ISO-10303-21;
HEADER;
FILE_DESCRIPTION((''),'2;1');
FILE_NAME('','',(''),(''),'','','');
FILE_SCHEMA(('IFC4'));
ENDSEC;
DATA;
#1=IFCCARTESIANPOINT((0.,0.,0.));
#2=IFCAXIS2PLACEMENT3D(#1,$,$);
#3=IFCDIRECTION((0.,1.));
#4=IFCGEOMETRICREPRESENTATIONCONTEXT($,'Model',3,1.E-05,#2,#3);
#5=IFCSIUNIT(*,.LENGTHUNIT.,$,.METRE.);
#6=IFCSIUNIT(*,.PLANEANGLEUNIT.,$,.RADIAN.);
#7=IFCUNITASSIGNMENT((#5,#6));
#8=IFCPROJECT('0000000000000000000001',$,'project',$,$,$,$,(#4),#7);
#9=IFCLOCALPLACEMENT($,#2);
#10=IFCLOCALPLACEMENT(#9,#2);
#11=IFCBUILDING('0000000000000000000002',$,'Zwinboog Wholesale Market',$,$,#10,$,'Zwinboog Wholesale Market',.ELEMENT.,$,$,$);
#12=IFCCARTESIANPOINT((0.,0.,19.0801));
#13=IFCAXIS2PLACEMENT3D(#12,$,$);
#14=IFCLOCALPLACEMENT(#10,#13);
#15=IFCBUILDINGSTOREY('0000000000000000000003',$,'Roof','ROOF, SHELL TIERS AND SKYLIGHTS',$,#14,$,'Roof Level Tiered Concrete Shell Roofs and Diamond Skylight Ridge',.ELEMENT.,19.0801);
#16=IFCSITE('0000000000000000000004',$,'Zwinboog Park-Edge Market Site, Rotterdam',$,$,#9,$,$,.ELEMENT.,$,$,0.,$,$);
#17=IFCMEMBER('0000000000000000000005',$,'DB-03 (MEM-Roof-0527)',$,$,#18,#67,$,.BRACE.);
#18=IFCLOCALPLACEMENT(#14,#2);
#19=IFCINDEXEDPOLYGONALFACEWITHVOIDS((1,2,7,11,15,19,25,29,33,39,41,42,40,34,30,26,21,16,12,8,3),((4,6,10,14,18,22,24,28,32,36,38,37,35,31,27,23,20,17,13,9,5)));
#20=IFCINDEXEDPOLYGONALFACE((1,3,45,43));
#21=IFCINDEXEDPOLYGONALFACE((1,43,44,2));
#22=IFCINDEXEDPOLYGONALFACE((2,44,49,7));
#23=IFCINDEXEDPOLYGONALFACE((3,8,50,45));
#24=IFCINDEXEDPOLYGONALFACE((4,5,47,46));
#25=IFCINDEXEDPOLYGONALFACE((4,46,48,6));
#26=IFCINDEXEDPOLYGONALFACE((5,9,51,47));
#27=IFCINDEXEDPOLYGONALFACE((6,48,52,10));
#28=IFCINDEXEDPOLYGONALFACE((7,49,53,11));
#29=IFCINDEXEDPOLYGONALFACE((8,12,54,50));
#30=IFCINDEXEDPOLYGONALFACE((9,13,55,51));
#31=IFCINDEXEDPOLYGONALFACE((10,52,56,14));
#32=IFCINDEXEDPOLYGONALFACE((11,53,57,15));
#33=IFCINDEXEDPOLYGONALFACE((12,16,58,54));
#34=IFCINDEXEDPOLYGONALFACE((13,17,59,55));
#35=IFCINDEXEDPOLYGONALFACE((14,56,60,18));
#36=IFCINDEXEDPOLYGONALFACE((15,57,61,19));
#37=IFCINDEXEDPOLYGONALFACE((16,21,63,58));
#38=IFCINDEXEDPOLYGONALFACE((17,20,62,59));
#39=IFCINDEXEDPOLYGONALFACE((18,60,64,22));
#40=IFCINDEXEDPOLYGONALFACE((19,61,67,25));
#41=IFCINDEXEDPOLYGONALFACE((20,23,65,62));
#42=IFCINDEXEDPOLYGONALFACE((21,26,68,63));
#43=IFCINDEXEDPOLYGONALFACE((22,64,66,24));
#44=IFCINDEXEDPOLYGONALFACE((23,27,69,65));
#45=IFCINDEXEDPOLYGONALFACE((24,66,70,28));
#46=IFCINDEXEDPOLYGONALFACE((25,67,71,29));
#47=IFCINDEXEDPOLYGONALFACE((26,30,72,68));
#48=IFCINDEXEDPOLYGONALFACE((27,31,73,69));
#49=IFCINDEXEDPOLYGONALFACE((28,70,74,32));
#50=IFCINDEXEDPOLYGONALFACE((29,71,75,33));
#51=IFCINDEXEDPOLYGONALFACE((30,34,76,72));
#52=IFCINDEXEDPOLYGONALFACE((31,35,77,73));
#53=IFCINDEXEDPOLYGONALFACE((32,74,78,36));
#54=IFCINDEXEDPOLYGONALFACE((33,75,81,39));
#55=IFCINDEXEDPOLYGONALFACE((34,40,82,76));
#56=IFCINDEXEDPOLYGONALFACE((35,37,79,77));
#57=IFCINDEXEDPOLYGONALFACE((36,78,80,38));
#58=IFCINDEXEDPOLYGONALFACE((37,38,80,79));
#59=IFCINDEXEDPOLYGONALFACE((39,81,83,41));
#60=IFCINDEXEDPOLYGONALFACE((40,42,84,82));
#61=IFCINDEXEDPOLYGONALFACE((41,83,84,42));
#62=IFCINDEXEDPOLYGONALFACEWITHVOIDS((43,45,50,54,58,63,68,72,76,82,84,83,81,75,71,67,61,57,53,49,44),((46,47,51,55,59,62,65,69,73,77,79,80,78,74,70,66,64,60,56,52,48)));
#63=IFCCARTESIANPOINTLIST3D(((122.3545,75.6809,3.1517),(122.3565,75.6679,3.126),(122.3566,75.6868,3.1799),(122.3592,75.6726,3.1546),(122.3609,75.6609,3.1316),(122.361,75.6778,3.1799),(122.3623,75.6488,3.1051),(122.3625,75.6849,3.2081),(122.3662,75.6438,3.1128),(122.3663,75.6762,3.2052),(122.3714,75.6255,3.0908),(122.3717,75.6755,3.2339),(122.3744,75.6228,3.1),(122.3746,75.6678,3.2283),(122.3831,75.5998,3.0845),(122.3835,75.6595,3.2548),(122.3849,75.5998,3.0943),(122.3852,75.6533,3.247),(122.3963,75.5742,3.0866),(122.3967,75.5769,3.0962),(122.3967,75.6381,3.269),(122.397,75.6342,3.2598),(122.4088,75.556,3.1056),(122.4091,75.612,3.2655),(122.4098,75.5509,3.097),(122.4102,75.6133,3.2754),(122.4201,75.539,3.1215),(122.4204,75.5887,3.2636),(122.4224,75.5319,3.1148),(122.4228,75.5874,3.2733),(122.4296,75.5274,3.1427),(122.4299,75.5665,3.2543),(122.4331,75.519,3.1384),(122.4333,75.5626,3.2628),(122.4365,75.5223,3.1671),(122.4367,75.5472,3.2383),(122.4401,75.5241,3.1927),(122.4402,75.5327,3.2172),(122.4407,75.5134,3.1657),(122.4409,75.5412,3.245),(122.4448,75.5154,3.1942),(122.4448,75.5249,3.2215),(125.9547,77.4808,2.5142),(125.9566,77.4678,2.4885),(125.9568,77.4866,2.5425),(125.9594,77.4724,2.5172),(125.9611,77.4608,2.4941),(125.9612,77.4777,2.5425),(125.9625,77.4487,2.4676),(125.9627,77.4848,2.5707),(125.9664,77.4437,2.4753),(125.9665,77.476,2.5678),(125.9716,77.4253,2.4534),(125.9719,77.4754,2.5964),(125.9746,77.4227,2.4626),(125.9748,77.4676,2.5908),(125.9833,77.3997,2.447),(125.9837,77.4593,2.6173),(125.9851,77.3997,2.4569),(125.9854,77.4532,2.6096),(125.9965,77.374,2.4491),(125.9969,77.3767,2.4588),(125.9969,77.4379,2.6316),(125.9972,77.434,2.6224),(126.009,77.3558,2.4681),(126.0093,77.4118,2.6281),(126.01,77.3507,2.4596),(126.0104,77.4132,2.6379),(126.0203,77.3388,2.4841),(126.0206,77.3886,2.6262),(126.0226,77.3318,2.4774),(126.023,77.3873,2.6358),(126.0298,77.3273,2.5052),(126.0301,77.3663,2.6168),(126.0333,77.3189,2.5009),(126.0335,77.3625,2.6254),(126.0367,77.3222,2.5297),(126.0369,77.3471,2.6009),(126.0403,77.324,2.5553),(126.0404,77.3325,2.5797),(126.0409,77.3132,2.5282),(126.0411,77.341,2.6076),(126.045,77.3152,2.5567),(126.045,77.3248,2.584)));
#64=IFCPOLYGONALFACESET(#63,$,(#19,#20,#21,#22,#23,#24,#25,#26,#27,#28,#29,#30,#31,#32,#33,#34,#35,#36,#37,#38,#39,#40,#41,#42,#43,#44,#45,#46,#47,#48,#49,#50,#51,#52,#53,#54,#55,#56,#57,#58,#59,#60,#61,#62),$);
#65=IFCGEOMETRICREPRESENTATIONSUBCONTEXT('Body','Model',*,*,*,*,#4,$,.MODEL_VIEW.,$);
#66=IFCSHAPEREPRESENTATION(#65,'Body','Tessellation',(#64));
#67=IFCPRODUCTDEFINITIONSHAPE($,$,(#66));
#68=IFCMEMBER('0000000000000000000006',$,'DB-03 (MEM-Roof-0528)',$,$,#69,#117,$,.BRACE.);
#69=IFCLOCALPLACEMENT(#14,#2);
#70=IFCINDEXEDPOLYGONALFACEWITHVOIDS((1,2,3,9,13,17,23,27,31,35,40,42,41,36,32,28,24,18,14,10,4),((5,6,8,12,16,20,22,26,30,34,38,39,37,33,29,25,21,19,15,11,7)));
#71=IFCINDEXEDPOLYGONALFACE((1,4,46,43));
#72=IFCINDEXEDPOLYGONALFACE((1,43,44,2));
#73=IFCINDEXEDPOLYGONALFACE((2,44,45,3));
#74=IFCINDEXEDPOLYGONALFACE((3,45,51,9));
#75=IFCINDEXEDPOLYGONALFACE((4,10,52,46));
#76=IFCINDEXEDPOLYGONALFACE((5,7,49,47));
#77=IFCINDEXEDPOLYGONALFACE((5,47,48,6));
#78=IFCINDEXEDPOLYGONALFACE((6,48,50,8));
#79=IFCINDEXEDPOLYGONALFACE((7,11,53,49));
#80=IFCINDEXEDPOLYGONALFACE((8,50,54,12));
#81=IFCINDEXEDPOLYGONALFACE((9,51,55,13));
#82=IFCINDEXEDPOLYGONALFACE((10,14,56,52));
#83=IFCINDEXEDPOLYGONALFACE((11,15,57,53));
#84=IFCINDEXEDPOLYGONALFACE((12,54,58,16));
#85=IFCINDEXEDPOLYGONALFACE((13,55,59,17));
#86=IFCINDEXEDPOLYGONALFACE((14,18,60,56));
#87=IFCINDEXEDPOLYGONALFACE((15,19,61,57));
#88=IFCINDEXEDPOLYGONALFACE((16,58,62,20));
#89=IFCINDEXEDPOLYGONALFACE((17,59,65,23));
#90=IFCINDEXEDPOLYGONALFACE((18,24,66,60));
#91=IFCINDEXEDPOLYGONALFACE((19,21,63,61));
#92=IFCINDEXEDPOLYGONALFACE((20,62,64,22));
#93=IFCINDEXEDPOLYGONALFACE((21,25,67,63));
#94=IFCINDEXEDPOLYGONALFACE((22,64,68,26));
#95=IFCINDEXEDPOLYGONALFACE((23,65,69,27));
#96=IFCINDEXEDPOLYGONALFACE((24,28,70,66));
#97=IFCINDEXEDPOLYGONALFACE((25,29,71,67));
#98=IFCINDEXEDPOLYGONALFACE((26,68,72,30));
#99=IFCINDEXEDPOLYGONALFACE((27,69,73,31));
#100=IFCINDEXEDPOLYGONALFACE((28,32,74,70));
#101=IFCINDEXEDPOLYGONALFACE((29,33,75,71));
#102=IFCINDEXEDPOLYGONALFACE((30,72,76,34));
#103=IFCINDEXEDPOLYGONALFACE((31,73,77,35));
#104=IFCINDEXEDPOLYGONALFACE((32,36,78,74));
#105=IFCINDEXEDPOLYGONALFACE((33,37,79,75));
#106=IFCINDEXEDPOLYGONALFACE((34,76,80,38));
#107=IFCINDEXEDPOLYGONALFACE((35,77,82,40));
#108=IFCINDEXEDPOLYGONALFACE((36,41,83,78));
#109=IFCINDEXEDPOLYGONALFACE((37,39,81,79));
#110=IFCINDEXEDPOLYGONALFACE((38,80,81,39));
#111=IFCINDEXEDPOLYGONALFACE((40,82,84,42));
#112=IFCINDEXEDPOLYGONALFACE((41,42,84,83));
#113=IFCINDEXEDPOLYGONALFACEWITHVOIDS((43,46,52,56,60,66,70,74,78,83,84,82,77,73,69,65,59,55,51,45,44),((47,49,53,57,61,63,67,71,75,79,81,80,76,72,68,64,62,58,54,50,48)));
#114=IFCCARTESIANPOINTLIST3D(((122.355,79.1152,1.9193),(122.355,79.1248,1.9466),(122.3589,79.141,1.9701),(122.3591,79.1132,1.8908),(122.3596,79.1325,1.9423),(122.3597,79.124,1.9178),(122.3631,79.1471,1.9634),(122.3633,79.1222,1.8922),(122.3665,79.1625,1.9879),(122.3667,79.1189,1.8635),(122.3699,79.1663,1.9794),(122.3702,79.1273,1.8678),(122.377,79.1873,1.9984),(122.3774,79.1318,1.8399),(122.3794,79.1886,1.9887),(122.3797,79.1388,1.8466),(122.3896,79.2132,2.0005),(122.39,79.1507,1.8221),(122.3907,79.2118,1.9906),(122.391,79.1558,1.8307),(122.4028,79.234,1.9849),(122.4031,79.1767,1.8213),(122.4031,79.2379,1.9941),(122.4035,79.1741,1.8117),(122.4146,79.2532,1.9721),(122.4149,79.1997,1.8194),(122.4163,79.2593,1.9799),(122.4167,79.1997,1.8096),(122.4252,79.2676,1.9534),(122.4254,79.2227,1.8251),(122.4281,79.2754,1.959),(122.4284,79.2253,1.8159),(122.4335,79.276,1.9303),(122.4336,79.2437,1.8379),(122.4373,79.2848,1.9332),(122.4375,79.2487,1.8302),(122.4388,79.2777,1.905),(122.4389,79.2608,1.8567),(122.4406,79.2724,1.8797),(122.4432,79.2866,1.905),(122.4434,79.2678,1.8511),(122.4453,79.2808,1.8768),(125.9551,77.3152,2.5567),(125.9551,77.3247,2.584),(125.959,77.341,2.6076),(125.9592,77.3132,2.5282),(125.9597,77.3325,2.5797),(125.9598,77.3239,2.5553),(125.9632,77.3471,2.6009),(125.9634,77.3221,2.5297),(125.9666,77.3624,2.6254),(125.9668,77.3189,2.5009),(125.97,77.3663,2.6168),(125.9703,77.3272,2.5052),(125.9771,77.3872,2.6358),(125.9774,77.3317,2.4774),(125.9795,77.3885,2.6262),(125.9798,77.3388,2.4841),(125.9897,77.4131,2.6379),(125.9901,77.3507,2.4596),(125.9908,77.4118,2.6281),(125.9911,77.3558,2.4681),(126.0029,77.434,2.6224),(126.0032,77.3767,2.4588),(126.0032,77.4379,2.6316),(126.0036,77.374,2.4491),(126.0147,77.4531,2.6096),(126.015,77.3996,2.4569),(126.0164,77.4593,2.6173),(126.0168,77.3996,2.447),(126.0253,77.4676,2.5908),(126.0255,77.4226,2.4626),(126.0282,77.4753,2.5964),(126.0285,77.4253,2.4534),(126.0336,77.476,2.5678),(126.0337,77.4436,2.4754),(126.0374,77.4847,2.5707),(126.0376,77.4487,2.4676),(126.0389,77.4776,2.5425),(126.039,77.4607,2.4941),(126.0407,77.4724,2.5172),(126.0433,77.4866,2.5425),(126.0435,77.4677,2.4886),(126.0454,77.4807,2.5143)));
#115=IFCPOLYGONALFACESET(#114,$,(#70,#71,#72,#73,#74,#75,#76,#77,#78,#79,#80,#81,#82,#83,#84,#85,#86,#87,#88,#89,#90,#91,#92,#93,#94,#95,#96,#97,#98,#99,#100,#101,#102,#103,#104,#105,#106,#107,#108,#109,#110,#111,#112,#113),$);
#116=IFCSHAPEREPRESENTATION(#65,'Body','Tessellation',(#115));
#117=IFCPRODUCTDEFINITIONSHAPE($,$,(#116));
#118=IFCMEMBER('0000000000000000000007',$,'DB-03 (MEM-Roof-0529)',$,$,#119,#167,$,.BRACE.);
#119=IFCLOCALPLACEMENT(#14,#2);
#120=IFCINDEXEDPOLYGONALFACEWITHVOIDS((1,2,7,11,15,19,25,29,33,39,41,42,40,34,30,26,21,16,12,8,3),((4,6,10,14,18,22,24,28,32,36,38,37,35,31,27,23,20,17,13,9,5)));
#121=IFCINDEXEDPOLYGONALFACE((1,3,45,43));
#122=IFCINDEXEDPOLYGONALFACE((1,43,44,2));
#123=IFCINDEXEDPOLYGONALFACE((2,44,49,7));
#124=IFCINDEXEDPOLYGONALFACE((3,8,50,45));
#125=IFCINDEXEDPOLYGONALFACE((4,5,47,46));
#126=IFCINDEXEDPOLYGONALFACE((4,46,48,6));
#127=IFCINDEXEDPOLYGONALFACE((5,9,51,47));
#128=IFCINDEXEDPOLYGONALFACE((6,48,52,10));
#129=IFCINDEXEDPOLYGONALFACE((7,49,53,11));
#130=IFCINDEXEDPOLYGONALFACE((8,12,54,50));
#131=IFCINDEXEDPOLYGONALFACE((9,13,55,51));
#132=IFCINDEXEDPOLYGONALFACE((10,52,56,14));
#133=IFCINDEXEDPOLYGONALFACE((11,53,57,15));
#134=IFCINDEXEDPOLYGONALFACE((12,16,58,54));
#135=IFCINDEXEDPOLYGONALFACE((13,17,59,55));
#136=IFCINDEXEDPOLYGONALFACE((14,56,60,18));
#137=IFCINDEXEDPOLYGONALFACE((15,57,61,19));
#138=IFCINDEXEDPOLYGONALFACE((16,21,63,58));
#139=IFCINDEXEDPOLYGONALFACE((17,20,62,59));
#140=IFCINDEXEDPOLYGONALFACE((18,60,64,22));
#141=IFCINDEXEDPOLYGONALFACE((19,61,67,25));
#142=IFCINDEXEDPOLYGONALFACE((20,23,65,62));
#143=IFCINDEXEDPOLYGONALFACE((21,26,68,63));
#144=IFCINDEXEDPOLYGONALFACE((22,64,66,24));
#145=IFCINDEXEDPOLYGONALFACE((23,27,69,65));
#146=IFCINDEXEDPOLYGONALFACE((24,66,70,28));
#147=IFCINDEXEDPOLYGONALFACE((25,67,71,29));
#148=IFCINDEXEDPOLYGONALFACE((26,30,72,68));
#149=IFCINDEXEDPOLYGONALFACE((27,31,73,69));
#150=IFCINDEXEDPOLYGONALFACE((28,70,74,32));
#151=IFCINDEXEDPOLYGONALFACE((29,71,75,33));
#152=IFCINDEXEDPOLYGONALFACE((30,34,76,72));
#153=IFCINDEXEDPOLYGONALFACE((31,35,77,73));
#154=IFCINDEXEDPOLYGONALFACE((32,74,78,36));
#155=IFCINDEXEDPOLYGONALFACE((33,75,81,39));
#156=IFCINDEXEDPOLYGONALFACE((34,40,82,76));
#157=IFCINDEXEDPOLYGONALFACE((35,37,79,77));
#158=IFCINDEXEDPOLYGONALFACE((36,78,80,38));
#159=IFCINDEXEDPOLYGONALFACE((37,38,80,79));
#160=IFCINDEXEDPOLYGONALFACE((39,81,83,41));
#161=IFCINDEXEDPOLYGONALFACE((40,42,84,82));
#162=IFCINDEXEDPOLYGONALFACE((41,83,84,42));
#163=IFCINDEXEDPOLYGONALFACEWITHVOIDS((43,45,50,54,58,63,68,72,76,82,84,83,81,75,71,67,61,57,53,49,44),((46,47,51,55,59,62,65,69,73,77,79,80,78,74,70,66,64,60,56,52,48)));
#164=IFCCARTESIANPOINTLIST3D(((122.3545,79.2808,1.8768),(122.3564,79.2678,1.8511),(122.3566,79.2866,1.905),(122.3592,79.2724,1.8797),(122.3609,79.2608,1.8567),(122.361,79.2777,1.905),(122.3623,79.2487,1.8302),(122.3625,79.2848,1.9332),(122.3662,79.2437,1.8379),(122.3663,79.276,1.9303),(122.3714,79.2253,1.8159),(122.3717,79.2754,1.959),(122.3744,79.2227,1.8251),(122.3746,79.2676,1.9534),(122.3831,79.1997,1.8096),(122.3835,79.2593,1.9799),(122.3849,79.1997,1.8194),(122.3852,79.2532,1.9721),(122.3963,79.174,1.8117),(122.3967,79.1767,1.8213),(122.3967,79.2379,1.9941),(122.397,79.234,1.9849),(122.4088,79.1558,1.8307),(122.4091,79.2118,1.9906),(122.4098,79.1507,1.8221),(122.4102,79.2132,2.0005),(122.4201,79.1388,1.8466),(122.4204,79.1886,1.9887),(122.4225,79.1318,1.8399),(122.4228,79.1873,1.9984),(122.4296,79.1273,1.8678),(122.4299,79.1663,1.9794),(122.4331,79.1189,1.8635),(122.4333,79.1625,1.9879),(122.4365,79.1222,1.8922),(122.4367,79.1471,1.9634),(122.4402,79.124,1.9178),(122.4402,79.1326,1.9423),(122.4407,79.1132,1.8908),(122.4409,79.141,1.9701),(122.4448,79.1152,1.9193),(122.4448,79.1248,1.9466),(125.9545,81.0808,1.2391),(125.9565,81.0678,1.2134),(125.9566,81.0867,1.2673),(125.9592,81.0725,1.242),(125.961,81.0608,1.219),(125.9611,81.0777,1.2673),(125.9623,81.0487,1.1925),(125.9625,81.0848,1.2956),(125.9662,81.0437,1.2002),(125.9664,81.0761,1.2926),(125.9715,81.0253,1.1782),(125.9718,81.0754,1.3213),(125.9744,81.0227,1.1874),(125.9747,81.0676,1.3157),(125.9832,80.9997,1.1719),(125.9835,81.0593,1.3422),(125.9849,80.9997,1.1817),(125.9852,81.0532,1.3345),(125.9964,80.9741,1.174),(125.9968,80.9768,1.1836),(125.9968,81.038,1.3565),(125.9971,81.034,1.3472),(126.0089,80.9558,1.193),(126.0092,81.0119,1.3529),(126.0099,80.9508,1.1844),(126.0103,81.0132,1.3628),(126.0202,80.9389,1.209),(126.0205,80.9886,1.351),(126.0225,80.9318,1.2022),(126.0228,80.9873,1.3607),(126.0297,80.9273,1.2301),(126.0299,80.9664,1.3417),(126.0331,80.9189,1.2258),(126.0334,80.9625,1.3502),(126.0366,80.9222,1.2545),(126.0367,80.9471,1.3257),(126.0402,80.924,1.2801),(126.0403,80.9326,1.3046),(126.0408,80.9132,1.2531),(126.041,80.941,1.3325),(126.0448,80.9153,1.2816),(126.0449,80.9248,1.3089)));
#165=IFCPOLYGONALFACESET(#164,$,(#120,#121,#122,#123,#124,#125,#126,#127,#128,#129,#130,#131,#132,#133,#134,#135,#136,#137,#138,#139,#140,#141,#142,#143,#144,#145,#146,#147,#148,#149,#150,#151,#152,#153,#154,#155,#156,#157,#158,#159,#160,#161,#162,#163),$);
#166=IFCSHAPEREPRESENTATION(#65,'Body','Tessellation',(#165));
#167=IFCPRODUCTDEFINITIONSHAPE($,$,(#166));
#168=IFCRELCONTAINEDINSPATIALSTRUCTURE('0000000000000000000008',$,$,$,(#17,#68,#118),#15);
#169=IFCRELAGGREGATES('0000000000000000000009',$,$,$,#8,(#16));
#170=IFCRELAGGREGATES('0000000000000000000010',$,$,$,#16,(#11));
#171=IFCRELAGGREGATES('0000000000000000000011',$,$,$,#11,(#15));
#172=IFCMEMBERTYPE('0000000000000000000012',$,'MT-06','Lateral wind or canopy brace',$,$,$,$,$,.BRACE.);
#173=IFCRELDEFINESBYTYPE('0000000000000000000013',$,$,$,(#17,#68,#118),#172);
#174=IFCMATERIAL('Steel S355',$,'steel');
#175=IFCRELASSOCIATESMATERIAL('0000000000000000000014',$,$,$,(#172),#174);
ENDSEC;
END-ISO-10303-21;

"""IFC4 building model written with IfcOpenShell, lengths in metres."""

from ifc_helpers import new_model, si_unit, direction, frame, origin, origin_2d, place, context, subcontext, project, spatial, hollow_circle, extrude, material, material_profile, profile_set, type_object, element, save


model = new_model("IFC4")

# Units and contexts
model_context = context("Model", 3, precision=1e-05, world=origin(), true_north=direction((0.0, 1.0)))
body_context = subcontext(model_context, "Body", "Model", "MODEL_VIEW")
ifc_project = project(units=[si_unit("LENGTHUNIT", "METRE"), si_unit("PLANEANGLEUNIT", "RADIAN")], contexts=[model_context])

# Site, building, storey
site_placement = place(None, origin())
site = spatial("IfcSite", under=ifc_project, at=site_placement, Name="Zwinboog Park-Edge Market Site, Rotterdam", CompositionType="ELEMENT", RefElevation=0.0)
building_placement = place(site_placement, origin())
building = spatial("IfcBuilding", under=site, at=building_placement, Name="Zwinboog Wholesale Market", LongName="Zwinboog Wholesale Market", CompositionType="ELEMENT")
storey_placement = place(building_placement, frame((0.0, 0.0, 19.0801)))
storey = spatial("IfcBuildingStorey", under=building, at=storey_placement, Name="Roof", Description="ROOF, SHELL TIERS AND SKYLIGHTS", LongName="Roof Level Tiered Concrete Shell Roofs and Diamond Skylight Ridge", CompositionType="ELEMENT", Elevation=19.0801)

# Members
ifc_material_1 = material(Name="Steel S355", Category="steel")
ifc_material_profile_1 = material_profile(ifc_material_1, hollow_circle(Radius=0.0969, WallThickness=0.01, at=origin_2d()), Name="CHS 193.7x10")
ifc_profile_set_1 = profile_set([ifc_material_profile_1], Name="Steel S355")
member_type_1 = type_object("IfcMemberType", Name="MT-06", Description="Lateral wind or canopy brace", PredefinedType="BRACE", material=ifc_profile_set_1)
for number, where, z_axis, x_axis, name in (
    (1, (122.3999, 75.6001, 3.1799), (0.88344, 0.44166, -0.156426), (-0.447165, 0.894451, 0.0), "DB-03 (MEM-Roof-0527)"),
    (2, (122.3999, 79.2, 1.905), (0.883417, -0.441709, 0.156422), (0.447214, 0.894427, 0.0), "DB-03 (MEM-Roof-0528)"),
    (3, (122.3999, 79.2, 1.905), (0.883409, 0.441704, -0.156481), (-0.447214, 0.894427, 0.0), "DB-03 (MEM-Roof-0529)"),
):
    element("IfcMember", number, at=place(storey_placement, frame(where, z_axis=z_axis, x_axis=x_axis)), inside=storey, type_object=member_type_1, Name=name, PredefinedType="BRACE", context=body_context, shape_type="SweptSolid", body=[
        extrude(hollow_circle(Radius=0.0969, WallThickness=0.01, at=origin_2d()), origin(), (0.0, 0.0, 1.0), 4.0752),
    ])

save(model, "model.ifc")
